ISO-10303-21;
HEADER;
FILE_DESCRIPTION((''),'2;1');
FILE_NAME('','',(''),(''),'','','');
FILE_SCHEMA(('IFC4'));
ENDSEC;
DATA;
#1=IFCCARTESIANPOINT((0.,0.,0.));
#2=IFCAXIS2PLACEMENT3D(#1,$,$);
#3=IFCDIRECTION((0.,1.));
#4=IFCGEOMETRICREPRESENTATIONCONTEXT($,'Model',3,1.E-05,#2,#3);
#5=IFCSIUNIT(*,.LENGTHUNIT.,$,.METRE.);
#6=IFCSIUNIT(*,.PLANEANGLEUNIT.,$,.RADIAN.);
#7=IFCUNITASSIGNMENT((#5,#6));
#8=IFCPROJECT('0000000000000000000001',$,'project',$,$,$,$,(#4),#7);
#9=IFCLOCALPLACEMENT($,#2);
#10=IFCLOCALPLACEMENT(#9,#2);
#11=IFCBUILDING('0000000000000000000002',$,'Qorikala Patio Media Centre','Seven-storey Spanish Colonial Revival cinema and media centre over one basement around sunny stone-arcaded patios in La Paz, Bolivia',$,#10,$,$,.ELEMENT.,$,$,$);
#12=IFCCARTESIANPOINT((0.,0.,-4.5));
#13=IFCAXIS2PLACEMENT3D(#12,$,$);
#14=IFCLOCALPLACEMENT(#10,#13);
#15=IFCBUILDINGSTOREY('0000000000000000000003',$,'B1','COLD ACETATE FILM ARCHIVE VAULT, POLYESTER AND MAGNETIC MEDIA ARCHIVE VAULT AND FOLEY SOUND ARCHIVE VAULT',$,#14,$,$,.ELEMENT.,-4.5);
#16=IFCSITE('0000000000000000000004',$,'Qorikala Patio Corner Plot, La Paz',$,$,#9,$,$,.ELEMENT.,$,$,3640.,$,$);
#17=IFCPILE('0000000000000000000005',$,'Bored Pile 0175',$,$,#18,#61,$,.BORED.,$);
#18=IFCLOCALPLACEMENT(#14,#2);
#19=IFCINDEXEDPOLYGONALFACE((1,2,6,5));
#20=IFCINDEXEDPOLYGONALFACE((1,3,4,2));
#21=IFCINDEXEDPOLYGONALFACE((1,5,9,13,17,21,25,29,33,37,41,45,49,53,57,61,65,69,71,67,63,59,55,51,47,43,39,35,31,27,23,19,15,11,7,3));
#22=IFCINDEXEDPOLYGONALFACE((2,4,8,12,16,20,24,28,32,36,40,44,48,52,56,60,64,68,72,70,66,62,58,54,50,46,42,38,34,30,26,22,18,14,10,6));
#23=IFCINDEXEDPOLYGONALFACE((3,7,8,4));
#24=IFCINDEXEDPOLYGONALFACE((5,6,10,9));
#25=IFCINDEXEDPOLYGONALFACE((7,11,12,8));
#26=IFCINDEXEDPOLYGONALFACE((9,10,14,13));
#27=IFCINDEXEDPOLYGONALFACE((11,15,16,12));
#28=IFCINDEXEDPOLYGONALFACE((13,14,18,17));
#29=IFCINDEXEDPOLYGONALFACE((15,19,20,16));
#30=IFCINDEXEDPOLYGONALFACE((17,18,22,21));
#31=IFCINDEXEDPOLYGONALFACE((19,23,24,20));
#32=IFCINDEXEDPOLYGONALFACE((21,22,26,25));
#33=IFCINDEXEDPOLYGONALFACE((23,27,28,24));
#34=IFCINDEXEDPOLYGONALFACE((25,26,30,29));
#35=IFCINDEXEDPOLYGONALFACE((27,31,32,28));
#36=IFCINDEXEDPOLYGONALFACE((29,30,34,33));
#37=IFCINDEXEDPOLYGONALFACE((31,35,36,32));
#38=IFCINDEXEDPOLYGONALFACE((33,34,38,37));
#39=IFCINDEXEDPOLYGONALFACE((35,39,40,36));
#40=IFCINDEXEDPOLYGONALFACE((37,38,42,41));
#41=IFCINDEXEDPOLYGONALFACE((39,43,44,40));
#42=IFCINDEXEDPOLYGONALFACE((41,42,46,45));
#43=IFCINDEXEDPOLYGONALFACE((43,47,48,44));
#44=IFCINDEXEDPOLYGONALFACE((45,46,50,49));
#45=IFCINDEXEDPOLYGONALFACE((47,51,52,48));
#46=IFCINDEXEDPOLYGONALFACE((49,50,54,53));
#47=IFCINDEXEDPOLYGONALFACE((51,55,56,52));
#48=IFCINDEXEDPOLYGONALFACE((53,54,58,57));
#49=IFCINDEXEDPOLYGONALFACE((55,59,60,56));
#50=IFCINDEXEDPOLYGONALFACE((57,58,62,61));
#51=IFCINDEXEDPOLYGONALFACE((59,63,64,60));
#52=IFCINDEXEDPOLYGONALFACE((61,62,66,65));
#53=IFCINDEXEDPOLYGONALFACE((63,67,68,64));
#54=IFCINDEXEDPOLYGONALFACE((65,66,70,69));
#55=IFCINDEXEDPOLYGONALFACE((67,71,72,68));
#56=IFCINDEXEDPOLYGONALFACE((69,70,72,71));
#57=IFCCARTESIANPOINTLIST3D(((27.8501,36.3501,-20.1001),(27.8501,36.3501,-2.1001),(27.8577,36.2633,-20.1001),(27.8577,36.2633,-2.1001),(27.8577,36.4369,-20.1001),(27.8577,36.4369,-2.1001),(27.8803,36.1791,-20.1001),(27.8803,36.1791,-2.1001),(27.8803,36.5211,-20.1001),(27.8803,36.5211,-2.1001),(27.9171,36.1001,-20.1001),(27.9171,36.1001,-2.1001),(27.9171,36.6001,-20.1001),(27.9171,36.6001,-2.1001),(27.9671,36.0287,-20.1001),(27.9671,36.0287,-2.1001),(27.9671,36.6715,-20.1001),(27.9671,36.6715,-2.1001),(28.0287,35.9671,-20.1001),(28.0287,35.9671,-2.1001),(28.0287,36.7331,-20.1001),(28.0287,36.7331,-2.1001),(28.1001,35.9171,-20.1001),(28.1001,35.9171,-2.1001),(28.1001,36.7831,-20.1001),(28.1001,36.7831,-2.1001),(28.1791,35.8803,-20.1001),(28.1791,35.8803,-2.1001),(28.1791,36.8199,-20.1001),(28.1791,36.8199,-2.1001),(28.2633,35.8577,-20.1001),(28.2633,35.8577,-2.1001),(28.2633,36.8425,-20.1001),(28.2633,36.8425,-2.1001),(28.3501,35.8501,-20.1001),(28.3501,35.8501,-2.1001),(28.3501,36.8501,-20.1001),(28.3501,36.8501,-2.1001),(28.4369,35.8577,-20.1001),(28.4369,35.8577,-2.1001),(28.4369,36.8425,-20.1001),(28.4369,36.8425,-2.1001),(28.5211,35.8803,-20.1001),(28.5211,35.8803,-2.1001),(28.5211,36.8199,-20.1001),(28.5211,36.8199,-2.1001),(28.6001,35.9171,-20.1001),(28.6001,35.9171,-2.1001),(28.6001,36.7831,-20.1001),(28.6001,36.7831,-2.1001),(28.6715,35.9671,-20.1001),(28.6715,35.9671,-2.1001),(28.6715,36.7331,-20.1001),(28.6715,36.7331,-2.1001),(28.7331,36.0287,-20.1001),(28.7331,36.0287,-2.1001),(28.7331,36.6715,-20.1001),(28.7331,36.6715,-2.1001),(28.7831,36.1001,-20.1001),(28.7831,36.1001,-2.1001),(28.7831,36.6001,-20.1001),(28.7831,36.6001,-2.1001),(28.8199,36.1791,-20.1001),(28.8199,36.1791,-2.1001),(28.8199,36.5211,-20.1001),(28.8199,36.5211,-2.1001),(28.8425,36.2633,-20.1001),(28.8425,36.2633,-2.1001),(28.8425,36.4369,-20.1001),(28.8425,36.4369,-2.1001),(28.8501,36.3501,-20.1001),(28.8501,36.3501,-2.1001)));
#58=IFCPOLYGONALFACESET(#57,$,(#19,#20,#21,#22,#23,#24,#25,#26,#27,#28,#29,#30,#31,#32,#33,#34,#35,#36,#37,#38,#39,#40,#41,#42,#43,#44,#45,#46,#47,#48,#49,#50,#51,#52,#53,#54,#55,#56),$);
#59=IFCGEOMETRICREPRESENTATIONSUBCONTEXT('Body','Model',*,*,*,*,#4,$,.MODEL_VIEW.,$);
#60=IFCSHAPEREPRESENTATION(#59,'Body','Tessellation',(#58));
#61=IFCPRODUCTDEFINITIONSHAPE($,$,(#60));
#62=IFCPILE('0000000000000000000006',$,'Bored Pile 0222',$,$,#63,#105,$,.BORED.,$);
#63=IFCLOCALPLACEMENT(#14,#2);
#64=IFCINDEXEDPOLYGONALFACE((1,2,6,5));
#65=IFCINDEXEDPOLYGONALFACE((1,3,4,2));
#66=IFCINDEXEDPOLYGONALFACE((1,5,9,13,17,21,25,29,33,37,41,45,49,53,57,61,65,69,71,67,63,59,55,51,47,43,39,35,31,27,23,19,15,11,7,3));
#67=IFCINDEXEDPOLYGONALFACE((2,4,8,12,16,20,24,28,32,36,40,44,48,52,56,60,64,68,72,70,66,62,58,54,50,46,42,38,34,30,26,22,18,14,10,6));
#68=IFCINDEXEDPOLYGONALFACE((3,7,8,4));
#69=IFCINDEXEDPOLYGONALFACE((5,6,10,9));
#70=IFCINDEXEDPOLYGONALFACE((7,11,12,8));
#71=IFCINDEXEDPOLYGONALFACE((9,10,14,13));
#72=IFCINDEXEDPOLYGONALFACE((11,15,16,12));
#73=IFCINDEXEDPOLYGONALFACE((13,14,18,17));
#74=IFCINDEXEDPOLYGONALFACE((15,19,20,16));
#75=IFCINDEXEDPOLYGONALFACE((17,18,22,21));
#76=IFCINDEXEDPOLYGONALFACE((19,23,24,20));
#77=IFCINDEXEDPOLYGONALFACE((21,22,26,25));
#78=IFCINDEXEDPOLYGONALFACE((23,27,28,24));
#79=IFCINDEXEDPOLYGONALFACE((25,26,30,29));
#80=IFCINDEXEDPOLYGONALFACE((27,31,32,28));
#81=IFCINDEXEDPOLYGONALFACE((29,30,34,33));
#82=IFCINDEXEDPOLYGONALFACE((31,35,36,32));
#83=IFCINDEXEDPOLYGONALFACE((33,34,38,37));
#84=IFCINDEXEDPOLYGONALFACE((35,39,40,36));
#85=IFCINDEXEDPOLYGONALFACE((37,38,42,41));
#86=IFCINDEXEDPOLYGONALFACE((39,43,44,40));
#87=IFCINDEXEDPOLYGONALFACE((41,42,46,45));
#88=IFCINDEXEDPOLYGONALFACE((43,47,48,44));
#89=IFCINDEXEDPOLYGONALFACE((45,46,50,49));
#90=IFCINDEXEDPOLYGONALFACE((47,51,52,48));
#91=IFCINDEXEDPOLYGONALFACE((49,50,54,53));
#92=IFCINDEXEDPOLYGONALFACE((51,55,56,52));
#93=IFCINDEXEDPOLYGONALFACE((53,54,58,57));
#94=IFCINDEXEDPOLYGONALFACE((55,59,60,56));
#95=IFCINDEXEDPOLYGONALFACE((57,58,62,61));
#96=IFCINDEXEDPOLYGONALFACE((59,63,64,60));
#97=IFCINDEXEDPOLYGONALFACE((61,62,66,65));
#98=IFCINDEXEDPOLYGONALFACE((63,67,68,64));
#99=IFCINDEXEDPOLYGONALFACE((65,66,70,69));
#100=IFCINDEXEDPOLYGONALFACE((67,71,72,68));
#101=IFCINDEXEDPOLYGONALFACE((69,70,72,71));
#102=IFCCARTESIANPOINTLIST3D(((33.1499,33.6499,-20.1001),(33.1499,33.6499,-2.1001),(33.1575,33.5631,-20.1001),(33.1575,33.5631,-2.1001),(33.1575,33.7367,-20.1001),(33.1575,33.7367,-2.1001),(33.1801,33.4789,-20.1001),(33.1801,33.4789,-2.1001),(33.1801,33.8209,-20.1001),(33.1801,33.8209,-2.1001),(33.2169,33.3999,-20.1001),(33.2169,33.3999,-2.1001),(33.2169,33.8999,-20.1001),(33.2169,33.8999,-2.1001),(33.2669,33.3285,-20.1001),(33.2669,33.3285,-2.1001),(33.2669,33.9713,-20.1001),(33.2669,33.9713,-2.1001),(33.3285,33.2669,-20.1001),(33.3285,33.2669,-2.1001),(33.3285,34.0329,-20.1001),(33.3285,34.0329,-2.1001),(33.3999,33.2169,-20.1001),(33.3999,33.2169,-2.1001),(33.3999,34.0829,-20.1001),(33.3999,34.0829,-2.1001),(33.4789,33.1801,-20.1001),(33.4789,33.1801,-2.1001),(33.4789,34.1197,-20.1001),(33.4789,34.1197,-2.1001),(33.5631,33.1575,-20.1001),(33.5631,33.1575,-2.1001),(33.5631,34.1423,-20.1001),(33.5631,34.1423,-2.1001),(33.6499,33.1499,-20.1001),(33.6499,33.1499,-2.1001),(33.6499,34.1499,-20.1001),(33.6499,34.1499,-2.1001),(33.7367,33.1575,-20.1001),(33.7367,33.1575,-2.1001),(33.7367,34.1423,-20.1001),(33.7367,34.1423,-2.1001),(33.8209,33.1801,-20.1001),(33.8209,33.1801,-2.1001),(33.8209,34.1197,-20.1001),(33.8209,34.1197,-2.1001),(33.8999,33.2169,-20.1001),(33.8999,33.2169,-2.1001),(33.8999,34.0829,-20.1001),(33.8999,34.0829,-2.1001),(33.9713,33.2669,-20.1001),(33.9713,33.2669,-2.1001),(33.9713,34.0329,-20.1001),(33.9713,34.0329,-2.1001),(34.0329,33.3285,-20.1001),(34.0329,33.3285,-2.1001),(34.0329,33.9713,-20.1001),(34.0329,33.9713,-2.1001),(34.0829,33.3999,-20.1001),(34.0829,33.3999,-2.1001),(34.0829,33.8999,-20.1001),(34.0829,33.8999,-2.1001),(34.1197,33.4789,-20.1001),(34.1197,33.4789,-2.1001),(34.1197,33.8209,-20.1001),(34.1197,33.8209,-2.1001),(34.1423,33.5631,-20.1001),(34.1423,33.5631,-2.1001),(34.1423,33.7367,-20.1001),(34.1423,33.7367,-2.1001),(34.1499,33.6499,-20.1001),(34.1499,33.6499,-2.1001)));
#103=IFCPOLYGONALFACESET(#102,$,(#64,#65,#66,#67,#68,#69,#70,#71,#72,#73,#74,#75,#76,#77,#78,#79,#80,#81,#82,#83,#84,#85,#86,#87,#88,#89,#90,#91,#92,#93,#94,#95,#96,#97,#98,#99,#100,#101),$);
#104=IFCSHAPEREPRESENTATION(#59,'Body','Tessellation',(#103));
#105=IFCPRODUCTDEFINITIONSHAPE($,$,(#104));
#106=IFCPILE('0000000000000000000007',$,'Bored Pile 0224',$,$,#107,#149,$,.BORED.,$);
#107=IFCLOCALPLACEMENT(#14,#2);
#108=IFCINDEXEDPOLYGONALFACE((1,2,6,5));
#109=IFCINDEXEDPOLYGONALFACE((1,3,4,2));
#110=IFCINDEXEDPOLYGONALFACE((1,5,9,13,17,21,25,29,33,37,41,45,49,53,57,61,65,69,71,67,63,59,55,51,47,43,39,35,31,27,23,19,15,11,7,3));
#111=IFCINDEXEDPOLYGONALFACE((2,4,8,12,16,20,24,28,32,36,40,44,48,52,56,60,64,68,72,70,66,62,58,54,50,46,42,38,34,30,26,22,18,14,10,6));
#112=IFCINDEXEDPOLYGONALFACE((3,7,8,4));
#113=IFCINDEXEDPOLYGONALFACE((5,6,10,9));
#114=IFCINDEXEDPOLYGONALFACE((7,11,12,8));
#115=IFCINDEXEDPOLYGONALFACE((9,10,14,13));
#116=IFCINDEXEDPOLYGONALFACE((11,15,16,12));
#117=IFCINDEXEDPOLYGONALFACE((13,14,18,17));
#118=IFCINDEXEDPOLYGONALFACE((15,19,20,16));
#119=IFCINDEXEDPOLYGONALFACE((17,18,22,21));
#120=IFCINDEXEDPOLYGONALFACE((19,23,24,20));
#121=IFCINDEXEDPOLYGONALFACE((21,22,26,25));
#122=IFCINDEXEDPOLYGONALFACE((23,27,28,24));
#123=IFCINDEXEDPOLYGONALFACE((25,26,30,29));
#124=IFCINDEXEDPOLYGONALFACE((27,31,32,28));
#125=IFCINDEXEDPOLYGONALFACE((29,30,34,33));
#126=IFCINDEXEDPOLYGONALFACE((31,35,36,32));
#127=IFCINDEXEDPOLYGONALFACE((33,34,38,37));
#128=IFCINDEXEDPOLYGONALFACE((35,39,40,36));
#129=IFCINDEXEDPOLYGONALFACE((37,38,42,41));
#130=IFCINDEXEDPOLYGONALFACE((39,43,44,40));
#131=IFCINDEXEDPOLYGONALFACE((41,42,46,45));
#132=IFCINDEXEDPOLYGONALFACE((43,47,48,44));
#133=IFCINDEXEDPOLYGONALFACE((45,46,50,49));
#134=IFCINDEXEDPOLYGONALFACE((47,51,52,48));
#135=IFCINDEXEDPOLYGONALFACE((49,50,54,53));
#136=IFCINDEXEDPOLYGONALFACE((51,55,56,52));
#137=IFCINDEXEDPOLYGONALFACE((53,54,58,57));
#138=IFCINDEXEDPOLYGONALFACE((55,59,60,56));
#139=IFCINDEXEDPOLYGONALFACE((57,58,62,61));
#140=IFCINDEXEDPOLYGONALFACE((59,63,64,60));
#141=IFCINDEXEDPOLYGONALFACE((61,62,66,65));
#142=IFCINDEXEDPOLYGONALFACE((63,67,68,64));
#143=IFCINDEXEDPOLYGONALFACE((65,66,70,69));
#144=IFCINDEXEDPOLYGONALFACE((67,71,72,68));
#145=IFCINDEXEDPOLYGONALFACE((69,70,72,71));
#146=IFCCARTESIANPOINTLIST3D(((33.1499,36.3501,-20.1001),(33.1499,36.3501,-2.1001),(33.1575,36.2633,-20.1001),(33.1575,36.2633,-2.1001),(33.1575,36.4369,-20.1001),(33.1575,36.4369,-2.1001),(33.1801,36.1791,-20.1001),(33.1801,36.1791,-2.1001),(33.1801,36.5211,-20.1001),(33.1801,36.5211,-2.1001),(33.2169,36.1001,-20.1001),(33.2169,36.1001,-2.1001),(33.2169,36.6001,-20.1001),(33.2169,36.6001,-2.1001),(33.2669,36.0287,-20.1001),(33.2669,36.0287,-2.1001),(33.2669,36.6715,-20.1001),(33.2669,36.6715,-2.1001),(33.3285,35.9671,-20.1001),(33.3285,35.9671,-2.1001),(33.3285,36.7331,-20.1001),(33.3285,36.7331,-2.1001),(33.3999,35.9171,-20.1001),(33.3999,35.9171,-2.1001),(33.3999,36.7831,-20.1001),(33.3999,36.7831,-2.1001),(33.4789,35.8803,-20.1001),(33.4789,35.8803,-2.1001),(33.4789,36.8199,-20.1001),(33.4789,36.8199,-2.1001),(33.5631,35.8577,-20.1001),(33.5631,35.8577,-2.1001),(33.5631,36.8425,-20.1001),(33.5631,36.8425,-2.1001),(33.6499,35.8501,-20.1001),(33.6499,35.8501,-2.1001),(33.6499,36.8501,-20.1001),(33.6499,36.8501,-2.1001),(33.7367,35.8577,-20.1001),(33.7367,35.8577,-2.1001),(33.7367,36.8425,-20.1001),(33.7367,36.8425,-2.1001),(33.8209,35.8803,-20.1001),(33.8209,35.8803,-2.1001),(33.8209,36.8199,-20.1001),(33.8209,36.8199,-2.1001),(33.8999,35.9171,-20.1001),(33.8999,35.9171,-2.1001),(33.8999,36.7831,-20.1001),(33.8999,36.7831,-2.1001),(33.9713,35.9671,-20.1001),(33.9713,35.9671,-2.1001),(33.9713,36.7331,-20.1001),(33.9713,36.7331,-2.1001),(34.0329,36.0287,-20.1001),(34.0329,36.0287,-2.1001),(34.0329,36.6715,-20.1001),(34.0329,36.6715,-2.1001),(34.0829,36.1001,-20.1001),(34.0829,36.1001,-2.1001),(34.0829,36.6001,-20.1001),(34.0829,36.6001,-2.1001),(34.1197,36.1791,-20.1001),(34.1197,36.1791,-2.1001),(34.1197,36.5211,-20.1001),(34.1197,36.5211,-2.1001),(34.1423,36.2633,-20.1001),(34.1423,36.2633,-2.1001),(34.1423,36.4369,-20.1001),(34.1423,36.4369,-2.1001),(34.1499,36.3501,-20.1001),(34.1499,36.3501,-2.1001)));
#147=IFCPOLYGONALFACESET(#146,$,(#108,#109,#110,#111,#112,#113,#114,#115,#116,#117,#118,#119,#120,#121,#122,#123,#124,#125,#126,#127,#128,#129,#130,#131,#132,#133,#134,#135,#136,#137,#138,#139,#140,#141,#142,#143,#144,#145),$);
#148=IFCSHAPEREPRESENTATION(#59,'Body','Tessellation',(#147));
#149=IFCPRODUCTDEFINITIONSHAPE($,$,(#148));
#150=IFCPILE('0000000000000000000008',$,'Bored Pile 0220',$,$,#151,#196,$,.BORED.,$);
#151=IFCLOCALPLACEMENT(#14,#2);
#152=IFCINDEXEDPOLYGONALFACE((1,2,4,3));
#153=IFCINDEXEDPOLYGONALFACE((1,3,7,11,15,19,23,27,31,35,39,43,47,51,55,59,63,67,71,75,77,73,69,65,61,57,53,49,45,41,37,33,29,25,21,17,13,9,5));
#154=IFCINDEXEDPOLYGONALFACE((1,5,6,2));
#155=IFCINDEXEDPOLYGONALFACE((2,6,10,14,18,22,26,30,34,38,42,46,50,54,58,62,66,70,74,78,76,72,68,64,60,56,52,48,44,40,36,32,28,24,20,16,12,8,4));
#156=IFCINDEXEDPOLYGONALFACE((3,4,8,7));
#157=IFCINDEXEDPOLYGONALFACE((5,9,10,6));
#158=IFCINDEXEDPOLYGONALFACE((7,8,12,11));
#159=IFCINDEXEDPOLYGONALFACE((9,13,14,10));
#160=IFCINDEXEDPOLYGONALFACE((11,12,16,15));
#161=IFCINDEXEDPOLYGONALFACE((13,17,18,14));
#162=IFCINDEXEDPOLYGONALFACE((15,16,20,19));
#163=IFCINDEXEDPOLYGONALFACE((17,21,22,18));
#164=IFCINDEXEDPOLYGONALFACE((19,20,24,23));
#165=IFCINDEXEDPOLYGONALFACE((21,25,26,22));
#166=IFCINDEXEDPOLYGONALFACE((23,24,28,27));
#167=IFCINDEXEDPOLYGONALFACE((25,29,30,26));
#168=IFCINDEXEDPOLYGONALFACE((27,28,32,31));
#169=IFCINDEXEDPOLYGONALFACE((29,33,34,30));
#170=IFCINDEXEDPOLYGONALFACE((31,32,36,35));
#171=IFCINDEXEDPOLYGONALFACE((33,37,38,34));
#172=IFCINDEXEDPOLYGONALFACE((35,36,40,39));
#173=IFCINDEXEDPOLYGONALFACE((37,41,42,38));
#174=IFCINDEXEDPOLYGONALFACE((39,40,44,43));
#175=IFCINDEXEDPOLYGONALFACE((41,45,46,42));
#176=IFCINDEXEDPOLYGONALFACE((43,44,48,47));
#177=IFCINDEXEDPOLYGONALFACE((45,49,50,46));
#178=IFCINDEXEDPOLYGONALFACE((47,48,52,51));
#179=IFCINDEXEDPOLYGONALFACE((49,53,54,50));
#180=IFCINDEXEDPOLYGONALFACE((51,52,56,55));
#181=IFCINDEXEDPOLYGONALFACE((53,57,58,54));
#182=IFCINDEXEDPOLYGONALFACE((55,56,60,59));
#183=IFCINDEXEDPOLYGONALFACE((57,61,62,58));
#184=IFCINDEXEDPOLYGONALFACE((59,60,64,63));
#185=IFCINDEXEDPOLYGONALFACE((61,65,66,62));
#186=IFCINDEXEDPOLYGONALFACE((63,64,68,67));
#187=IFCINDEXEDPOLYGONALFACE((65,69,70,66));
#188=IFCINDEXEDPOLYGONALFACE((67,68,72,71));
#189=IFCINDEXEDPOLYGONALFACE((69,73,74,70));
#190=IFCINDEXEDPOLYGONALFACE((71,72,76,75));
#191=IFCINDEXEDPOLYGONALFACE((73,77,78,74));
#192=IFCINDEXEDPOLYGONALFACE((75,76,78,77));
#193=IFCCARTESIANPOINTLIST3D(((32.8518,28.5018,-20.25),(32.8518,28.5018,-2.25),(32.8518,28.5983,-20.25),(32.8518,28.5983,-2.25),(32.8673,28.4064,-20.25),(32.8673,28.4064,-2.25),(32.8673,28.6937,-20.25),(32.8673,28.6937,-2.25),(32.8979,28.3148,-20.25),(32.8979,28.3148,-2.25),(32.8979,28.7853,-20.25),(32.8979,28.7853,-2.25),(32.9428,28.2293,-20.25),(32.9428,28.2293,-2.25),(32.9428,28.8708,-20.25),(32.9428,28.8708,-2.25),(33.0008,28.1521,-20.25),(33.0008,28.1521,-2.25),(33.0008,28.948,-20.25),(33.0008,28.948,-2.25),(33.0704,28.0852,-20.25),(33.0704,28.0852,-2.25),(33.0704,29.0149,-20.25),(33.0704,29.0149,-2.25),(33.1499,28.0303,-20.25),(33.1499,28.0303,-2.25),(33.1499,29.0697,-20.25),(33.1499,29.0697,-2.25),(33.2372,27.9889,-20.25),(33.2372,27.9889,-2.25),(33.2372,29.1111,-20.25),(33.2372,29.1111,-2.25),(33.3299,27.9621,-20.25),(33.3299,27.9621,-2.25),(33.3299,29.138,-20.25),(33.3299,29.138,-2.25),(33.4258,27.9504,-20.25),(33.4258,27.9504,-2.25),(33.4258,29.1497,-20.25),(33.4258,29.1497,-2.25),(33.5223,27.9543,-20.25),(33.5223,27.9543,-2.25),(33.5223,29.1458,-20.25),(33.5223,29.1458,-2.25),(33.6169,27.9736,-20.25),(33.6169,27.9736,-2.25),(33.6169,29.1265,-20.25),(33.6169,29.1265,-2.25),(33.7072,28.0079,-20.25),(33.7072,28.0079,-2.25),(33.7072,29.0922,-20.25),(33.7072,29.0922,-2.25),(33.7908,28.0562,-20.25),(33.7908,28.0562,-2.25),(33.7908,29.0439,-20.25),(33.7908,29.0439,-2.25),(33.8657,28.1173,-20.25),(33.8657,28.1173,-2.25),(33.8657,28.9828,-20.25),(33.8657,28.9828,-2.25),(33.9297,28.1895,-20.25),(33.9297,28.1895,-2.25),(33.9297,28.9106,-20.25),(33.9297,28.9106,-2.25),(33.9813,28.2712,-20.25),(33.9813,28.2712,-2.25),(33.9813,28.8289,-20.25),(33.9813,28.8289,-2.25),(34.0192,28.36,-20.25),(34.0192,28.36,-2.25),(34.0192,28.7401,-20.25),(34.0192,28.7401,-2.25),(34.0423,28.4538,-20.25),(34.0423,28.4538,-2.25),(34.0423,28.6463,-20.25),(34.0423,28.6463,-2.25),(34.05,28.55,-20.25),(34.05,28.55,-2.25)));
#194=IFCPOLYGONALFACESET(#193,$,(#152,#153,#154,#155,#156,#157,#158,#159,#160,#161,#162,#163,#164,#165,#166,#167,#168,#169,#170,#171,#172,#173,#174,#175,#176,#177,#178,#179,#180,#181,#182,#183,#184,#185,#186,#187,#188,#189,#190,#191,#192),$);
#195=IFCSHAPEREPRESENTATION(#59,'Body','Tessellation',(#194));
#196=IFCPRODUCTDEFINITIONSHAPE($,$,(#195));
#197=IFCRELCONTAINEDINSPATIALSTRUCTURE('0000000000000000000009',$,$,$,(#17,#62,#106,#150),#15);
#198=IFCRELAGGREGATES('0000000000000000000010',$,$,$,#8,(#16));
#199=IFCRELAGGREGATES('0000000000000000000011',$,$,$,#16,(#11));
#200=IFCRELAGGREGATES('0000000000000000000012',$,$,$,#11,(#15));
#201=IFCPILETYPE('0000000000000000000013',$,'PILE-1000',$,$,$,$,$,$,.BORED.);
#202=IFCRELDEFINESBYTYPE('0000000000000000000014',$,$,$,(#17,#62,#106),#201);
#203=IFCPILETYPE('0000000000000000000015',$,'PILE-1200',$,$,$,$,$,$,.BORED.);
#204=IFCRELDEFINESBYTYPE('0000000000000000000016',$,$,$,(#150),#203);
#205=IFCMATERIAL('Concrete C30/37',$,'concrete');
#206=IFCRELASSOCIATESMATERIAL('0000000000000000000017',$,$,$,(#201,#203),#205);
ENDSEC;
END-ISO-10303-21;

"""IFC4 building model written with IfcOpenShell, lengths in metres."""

from ifc_helpers import new_model, si_unit, direction, frame, origin, origin_2d, place, context, subcontext, project, spatial, circle, extrude, material, material_profile, profile_set, type_object, element, save


model = new_model("IFC4")

# Units and contexts
model_context = context("Model", 3, precision=1e-05, world=origin(), true_north=direction((0.0, 1.0)))
body_context = subcontext(model_context, "Body", "Model", "MODEL_VIEW")
ifc_project = project(units=[si_unit("LENGTHUNIT", "METRE"), si_unit("PLANEANGLEUNIT", "RADIAN")], contexts=[model_context])

# Site, building, storey
site_placement = place(None, origin())
site = spatial("IfcSite", under=ifc_project, at=site_placement, Name="Qorikala Patio Corner Plot, La Paz", CompositionType="ELEMENT", RefElevation=3640.0)
building_placement = place(site_placement, origin())
building = spatial("IfcBuilding", under=site, at=building_placement, Name="Qorikala Patio Media Centre", Description="Seven-storey Spanish Colonial Revival cinema and media centre over one basement around sunny stone-arcaded patios in La Paz, Bolivia", CompositionType="ELEMENT")
storey_placement = place(building_placement, frame((0.0, 0.0, -4.5)))
storey = spatial("IfcBuildingStorey", under=building, at=storey_placement, Name="B1", Description="COLD ACETATE FILM ARCHIVE VAULT, POLYESTER AND MAGNETIC MEDIA ARCHIVE VAULT AND FOLEY SOUND ARCHIVE VAULT", CompositionType="ELEMENT", Elevation=-4.5)

# Shared definitions
ifc_material_1 = material(Name="Concrete C30/37", Category="concrete")

# Piles
ifc_material_profile_1 = material_profile(ifc_material_1, circle(Radius=0.5, at=origin_2d()), Name="BORED PILE 1000")
ifc_profile_set_1 = profile_set([ifc_material_profile_1], Name="Concrete C30/37")
pile_type_1 = type_object("IfcPileType", Name="PILE-1000", PredefinedType="BORED", material=ifc_profile_set_1)
for number, where, z_axis, x_axis, name in (
    (1, (28.3501, 36.3501, -2.1001), (0.0, 0.0, -1.0), (1.0, 0.0, 0.0), "Bored Pile 0175"),
    (2, (33.6499, 33.6499, -2.1001), (0.0, 0.0, -1.0), (1.0, 0.0, 0.0), "Bored Pile 0222"),
    (3, (33.6499, 36.3501, -2.1001), (0.0, 0.0, -1.0), (1.0, 0.0, 0.0), "Bored Pile 0224"),
):
    element("IfcPile", number, at=place(storey_placement, frame(where, z_axis=z_axis, x_axis=x_axis)), inside=storey, type_object=pile_type_1, Name=name, PredefinedType="BORED", context=body_context, shape_type="SweptSolid", body=[
        extrude(circle(Radius=0.5, at=origin_2d()), origin(), (0.0, 0.0, 1.0), 18.0),
    ])
ifc_material_profile_2 = material_profile(ifc_material_1, circle(Radius=0.6001, at=origin_2d()), Name="BORED PILE 1200")
ifc_profile_set_2 = profile_set([ifc_material_profile_2], Name="Concrete C30/37")
pile_type_2 = type_object("IfcPileType", Name="PILE-1200", PredefinedType="BORED", material=ifc_profile_set_2)
pile_placement = place(storey_placement, frame((33.45, 28.55, -2.25), z_axis=(0.0, 0.0, -1.0), x_axis=(1.0, 0.0, 0.0)))
element("IfcPile", 4, at=pile_placement, inside=storey, type_object=pile_type_2, Name="Bored Pile 0220", PredefinedType="BORED", context=body_context, shape_type="SweptSolid", body=[
    extrude(circle(Radius=0.6001, at=origin_2d()), origin(), (0.0, 0.0, 1.0), 18.0),
])

save(model, "model.ifc")
